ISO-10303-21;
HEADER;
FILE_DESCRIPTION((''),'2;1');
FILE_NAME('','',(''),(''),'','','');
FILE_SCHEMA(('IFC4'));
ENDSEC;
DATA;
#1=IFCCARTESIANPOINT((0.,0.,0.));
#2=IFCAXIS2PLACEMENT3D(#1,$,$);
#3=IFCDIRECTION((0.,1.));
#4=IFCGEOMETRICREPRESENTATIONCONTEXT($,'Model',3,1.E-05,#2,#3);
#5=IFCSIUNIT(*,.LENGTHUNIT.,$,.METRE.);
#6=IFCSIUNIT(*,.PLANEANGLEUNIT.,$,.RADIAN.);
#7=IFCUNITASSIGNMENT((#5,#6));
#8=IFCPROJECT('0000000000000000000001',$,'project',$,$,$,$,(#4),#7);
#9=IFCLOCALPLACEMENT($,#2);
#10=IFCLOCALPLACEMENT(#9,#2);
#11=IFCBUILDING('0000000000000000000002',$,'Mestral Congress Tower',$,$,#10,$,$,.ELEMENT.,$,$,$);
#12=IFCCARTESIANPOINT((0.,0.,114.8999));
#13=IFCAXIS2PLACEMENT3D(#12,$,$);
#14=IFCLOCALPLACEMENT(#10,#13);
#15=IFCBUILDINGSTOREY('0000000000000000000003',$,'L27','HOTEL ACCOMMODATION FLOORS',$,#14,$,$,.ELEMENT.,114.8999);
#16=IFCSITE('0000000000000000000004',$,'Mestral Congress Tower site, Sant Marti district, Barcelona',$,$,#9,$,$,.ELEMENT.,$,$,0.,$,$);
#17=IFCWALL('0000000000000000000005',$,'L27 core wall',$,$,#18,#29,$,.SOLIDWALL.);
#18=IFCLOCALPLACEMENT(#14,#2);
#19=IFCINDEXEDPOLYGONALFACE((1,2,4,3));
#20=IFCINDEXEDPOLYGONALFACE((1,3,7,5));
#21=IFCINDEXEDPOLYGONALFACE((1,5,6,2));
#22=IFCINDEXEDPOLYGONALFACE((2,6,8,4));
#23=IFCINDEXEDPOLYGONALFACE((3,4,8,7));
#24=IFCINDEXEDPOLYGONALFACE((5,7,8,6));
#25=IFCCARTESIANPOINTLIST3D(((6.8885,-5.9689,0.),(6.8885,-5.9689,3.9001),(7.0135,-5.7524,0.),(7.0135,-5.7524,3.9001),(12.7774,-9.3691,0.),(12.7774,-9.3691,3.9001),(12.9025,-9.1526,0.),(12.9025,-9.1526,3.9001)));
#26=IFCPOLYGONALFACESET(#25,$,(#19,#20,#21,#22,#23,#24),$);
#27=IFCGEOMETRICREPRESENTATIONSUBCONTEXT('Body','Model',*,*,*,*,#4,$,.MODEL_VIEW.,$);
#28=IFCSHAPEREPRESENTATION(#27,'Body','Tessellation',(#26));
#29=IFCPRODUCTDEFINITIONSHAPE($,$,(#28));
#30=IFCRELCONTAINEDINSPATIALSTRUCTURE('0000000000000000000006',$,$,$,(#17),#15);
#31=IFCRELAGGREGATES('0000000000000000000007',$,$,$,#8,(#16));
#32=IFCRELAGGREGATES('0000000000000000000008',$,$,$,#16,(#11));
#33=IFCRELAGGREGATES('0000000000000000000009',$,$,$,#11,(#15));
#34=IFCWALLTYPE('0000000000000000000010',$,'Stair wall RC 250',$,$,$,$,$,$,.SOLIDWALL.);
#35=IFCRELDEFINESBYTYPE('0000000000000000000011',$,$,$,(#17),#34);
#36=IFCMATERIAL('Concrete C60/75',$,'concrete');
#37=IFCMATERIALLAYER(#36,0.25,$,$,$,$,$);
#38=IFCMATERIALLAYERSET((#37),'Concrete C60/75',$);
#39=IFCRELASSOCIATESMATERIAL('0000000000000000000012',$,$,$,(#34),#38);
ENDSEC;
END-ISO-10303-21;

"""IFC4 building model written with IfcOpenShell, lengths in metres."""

from ifc_helpers import new_model, si_unit, direction, frame, frame_2d, origin, place, context, subcontext, project, spatial, rectangle, extrude, material, layer, layer_set, type_object, element, save


model = new_model("IFC4")

# Units and contexts
model_context = context("Model", 3, precision=1e-05, world=origin(), true_north=direction((0.0, 1.0)))
body_context = subcontext(model_context, "Body", "Model", "MODEL_VIEW")
ifc_project = project(units=[si_unit("LENGTHUNIT", "METRE"), si_unit("PLANEANGLEUNIT", "RADIAN")], contexts=[model_context])

# Site, building, storey
site_placement = place(None, origin())
site = spatial("IfcSite", under=ifc_project, at=site_placement, Name="Mestral Congress Tower site, Sant Marti district, Barcelona", CompositionType="ELEMENT", RefElevation=0.0)
building_placement = place(site_placement, origin())
building = spatial("IfcBuilding", under=site, at=building_placement, Name="Mestral Congress Tower", CompositionType="ELEMENT")
storey_placement = place(building_placement, frame((0.0, 0.0, 114.8999)))
storey = spatial("IfcBuildingStorey", under=building, at=storey_placement, Name="L27", Description="HOTEL ACCOMMODATION FLOORS", CompositionType="ELEMENT", Elevation=114.8999)

# Wall
ifc_material_1 = material(Name="Concrete C60/75", Category="concrete")
ifc_layer_1 = layer(ifc_material_1, 0.25)
ifc_layer_set_1 = layer_set([ifc_layer_1], Name="Concrete C60/75")
wall_type_1 = type_object("IfcWallType", Name="Stair wall RC 250", PredefinedType="SOLIDWALL", material=ifc_layer_set_1)
wall_1_placement = place(storey_placement, frame((12.8398, -9.2607, 0.0), z_axis=(0.0, 0.0, 1.0), x_axis=(-0.866014, 0.50002, 0.0)))
element("IfcWall", 1, at=wall_1_placement, inside=storey, type_object=wall_type_1, Name="L27 core wall", PredefinedType="SOLIDWALL", context=body_context, shape_type="SweptSolid", body=[
    extrude(rectangle(XDim=6.8, YDim=0.25, at=frame_2d((3.3999, 0.0))), origin(), (0.0, 0.0, 1.0), 3.9001),
])

save(model, "model.ifc")
